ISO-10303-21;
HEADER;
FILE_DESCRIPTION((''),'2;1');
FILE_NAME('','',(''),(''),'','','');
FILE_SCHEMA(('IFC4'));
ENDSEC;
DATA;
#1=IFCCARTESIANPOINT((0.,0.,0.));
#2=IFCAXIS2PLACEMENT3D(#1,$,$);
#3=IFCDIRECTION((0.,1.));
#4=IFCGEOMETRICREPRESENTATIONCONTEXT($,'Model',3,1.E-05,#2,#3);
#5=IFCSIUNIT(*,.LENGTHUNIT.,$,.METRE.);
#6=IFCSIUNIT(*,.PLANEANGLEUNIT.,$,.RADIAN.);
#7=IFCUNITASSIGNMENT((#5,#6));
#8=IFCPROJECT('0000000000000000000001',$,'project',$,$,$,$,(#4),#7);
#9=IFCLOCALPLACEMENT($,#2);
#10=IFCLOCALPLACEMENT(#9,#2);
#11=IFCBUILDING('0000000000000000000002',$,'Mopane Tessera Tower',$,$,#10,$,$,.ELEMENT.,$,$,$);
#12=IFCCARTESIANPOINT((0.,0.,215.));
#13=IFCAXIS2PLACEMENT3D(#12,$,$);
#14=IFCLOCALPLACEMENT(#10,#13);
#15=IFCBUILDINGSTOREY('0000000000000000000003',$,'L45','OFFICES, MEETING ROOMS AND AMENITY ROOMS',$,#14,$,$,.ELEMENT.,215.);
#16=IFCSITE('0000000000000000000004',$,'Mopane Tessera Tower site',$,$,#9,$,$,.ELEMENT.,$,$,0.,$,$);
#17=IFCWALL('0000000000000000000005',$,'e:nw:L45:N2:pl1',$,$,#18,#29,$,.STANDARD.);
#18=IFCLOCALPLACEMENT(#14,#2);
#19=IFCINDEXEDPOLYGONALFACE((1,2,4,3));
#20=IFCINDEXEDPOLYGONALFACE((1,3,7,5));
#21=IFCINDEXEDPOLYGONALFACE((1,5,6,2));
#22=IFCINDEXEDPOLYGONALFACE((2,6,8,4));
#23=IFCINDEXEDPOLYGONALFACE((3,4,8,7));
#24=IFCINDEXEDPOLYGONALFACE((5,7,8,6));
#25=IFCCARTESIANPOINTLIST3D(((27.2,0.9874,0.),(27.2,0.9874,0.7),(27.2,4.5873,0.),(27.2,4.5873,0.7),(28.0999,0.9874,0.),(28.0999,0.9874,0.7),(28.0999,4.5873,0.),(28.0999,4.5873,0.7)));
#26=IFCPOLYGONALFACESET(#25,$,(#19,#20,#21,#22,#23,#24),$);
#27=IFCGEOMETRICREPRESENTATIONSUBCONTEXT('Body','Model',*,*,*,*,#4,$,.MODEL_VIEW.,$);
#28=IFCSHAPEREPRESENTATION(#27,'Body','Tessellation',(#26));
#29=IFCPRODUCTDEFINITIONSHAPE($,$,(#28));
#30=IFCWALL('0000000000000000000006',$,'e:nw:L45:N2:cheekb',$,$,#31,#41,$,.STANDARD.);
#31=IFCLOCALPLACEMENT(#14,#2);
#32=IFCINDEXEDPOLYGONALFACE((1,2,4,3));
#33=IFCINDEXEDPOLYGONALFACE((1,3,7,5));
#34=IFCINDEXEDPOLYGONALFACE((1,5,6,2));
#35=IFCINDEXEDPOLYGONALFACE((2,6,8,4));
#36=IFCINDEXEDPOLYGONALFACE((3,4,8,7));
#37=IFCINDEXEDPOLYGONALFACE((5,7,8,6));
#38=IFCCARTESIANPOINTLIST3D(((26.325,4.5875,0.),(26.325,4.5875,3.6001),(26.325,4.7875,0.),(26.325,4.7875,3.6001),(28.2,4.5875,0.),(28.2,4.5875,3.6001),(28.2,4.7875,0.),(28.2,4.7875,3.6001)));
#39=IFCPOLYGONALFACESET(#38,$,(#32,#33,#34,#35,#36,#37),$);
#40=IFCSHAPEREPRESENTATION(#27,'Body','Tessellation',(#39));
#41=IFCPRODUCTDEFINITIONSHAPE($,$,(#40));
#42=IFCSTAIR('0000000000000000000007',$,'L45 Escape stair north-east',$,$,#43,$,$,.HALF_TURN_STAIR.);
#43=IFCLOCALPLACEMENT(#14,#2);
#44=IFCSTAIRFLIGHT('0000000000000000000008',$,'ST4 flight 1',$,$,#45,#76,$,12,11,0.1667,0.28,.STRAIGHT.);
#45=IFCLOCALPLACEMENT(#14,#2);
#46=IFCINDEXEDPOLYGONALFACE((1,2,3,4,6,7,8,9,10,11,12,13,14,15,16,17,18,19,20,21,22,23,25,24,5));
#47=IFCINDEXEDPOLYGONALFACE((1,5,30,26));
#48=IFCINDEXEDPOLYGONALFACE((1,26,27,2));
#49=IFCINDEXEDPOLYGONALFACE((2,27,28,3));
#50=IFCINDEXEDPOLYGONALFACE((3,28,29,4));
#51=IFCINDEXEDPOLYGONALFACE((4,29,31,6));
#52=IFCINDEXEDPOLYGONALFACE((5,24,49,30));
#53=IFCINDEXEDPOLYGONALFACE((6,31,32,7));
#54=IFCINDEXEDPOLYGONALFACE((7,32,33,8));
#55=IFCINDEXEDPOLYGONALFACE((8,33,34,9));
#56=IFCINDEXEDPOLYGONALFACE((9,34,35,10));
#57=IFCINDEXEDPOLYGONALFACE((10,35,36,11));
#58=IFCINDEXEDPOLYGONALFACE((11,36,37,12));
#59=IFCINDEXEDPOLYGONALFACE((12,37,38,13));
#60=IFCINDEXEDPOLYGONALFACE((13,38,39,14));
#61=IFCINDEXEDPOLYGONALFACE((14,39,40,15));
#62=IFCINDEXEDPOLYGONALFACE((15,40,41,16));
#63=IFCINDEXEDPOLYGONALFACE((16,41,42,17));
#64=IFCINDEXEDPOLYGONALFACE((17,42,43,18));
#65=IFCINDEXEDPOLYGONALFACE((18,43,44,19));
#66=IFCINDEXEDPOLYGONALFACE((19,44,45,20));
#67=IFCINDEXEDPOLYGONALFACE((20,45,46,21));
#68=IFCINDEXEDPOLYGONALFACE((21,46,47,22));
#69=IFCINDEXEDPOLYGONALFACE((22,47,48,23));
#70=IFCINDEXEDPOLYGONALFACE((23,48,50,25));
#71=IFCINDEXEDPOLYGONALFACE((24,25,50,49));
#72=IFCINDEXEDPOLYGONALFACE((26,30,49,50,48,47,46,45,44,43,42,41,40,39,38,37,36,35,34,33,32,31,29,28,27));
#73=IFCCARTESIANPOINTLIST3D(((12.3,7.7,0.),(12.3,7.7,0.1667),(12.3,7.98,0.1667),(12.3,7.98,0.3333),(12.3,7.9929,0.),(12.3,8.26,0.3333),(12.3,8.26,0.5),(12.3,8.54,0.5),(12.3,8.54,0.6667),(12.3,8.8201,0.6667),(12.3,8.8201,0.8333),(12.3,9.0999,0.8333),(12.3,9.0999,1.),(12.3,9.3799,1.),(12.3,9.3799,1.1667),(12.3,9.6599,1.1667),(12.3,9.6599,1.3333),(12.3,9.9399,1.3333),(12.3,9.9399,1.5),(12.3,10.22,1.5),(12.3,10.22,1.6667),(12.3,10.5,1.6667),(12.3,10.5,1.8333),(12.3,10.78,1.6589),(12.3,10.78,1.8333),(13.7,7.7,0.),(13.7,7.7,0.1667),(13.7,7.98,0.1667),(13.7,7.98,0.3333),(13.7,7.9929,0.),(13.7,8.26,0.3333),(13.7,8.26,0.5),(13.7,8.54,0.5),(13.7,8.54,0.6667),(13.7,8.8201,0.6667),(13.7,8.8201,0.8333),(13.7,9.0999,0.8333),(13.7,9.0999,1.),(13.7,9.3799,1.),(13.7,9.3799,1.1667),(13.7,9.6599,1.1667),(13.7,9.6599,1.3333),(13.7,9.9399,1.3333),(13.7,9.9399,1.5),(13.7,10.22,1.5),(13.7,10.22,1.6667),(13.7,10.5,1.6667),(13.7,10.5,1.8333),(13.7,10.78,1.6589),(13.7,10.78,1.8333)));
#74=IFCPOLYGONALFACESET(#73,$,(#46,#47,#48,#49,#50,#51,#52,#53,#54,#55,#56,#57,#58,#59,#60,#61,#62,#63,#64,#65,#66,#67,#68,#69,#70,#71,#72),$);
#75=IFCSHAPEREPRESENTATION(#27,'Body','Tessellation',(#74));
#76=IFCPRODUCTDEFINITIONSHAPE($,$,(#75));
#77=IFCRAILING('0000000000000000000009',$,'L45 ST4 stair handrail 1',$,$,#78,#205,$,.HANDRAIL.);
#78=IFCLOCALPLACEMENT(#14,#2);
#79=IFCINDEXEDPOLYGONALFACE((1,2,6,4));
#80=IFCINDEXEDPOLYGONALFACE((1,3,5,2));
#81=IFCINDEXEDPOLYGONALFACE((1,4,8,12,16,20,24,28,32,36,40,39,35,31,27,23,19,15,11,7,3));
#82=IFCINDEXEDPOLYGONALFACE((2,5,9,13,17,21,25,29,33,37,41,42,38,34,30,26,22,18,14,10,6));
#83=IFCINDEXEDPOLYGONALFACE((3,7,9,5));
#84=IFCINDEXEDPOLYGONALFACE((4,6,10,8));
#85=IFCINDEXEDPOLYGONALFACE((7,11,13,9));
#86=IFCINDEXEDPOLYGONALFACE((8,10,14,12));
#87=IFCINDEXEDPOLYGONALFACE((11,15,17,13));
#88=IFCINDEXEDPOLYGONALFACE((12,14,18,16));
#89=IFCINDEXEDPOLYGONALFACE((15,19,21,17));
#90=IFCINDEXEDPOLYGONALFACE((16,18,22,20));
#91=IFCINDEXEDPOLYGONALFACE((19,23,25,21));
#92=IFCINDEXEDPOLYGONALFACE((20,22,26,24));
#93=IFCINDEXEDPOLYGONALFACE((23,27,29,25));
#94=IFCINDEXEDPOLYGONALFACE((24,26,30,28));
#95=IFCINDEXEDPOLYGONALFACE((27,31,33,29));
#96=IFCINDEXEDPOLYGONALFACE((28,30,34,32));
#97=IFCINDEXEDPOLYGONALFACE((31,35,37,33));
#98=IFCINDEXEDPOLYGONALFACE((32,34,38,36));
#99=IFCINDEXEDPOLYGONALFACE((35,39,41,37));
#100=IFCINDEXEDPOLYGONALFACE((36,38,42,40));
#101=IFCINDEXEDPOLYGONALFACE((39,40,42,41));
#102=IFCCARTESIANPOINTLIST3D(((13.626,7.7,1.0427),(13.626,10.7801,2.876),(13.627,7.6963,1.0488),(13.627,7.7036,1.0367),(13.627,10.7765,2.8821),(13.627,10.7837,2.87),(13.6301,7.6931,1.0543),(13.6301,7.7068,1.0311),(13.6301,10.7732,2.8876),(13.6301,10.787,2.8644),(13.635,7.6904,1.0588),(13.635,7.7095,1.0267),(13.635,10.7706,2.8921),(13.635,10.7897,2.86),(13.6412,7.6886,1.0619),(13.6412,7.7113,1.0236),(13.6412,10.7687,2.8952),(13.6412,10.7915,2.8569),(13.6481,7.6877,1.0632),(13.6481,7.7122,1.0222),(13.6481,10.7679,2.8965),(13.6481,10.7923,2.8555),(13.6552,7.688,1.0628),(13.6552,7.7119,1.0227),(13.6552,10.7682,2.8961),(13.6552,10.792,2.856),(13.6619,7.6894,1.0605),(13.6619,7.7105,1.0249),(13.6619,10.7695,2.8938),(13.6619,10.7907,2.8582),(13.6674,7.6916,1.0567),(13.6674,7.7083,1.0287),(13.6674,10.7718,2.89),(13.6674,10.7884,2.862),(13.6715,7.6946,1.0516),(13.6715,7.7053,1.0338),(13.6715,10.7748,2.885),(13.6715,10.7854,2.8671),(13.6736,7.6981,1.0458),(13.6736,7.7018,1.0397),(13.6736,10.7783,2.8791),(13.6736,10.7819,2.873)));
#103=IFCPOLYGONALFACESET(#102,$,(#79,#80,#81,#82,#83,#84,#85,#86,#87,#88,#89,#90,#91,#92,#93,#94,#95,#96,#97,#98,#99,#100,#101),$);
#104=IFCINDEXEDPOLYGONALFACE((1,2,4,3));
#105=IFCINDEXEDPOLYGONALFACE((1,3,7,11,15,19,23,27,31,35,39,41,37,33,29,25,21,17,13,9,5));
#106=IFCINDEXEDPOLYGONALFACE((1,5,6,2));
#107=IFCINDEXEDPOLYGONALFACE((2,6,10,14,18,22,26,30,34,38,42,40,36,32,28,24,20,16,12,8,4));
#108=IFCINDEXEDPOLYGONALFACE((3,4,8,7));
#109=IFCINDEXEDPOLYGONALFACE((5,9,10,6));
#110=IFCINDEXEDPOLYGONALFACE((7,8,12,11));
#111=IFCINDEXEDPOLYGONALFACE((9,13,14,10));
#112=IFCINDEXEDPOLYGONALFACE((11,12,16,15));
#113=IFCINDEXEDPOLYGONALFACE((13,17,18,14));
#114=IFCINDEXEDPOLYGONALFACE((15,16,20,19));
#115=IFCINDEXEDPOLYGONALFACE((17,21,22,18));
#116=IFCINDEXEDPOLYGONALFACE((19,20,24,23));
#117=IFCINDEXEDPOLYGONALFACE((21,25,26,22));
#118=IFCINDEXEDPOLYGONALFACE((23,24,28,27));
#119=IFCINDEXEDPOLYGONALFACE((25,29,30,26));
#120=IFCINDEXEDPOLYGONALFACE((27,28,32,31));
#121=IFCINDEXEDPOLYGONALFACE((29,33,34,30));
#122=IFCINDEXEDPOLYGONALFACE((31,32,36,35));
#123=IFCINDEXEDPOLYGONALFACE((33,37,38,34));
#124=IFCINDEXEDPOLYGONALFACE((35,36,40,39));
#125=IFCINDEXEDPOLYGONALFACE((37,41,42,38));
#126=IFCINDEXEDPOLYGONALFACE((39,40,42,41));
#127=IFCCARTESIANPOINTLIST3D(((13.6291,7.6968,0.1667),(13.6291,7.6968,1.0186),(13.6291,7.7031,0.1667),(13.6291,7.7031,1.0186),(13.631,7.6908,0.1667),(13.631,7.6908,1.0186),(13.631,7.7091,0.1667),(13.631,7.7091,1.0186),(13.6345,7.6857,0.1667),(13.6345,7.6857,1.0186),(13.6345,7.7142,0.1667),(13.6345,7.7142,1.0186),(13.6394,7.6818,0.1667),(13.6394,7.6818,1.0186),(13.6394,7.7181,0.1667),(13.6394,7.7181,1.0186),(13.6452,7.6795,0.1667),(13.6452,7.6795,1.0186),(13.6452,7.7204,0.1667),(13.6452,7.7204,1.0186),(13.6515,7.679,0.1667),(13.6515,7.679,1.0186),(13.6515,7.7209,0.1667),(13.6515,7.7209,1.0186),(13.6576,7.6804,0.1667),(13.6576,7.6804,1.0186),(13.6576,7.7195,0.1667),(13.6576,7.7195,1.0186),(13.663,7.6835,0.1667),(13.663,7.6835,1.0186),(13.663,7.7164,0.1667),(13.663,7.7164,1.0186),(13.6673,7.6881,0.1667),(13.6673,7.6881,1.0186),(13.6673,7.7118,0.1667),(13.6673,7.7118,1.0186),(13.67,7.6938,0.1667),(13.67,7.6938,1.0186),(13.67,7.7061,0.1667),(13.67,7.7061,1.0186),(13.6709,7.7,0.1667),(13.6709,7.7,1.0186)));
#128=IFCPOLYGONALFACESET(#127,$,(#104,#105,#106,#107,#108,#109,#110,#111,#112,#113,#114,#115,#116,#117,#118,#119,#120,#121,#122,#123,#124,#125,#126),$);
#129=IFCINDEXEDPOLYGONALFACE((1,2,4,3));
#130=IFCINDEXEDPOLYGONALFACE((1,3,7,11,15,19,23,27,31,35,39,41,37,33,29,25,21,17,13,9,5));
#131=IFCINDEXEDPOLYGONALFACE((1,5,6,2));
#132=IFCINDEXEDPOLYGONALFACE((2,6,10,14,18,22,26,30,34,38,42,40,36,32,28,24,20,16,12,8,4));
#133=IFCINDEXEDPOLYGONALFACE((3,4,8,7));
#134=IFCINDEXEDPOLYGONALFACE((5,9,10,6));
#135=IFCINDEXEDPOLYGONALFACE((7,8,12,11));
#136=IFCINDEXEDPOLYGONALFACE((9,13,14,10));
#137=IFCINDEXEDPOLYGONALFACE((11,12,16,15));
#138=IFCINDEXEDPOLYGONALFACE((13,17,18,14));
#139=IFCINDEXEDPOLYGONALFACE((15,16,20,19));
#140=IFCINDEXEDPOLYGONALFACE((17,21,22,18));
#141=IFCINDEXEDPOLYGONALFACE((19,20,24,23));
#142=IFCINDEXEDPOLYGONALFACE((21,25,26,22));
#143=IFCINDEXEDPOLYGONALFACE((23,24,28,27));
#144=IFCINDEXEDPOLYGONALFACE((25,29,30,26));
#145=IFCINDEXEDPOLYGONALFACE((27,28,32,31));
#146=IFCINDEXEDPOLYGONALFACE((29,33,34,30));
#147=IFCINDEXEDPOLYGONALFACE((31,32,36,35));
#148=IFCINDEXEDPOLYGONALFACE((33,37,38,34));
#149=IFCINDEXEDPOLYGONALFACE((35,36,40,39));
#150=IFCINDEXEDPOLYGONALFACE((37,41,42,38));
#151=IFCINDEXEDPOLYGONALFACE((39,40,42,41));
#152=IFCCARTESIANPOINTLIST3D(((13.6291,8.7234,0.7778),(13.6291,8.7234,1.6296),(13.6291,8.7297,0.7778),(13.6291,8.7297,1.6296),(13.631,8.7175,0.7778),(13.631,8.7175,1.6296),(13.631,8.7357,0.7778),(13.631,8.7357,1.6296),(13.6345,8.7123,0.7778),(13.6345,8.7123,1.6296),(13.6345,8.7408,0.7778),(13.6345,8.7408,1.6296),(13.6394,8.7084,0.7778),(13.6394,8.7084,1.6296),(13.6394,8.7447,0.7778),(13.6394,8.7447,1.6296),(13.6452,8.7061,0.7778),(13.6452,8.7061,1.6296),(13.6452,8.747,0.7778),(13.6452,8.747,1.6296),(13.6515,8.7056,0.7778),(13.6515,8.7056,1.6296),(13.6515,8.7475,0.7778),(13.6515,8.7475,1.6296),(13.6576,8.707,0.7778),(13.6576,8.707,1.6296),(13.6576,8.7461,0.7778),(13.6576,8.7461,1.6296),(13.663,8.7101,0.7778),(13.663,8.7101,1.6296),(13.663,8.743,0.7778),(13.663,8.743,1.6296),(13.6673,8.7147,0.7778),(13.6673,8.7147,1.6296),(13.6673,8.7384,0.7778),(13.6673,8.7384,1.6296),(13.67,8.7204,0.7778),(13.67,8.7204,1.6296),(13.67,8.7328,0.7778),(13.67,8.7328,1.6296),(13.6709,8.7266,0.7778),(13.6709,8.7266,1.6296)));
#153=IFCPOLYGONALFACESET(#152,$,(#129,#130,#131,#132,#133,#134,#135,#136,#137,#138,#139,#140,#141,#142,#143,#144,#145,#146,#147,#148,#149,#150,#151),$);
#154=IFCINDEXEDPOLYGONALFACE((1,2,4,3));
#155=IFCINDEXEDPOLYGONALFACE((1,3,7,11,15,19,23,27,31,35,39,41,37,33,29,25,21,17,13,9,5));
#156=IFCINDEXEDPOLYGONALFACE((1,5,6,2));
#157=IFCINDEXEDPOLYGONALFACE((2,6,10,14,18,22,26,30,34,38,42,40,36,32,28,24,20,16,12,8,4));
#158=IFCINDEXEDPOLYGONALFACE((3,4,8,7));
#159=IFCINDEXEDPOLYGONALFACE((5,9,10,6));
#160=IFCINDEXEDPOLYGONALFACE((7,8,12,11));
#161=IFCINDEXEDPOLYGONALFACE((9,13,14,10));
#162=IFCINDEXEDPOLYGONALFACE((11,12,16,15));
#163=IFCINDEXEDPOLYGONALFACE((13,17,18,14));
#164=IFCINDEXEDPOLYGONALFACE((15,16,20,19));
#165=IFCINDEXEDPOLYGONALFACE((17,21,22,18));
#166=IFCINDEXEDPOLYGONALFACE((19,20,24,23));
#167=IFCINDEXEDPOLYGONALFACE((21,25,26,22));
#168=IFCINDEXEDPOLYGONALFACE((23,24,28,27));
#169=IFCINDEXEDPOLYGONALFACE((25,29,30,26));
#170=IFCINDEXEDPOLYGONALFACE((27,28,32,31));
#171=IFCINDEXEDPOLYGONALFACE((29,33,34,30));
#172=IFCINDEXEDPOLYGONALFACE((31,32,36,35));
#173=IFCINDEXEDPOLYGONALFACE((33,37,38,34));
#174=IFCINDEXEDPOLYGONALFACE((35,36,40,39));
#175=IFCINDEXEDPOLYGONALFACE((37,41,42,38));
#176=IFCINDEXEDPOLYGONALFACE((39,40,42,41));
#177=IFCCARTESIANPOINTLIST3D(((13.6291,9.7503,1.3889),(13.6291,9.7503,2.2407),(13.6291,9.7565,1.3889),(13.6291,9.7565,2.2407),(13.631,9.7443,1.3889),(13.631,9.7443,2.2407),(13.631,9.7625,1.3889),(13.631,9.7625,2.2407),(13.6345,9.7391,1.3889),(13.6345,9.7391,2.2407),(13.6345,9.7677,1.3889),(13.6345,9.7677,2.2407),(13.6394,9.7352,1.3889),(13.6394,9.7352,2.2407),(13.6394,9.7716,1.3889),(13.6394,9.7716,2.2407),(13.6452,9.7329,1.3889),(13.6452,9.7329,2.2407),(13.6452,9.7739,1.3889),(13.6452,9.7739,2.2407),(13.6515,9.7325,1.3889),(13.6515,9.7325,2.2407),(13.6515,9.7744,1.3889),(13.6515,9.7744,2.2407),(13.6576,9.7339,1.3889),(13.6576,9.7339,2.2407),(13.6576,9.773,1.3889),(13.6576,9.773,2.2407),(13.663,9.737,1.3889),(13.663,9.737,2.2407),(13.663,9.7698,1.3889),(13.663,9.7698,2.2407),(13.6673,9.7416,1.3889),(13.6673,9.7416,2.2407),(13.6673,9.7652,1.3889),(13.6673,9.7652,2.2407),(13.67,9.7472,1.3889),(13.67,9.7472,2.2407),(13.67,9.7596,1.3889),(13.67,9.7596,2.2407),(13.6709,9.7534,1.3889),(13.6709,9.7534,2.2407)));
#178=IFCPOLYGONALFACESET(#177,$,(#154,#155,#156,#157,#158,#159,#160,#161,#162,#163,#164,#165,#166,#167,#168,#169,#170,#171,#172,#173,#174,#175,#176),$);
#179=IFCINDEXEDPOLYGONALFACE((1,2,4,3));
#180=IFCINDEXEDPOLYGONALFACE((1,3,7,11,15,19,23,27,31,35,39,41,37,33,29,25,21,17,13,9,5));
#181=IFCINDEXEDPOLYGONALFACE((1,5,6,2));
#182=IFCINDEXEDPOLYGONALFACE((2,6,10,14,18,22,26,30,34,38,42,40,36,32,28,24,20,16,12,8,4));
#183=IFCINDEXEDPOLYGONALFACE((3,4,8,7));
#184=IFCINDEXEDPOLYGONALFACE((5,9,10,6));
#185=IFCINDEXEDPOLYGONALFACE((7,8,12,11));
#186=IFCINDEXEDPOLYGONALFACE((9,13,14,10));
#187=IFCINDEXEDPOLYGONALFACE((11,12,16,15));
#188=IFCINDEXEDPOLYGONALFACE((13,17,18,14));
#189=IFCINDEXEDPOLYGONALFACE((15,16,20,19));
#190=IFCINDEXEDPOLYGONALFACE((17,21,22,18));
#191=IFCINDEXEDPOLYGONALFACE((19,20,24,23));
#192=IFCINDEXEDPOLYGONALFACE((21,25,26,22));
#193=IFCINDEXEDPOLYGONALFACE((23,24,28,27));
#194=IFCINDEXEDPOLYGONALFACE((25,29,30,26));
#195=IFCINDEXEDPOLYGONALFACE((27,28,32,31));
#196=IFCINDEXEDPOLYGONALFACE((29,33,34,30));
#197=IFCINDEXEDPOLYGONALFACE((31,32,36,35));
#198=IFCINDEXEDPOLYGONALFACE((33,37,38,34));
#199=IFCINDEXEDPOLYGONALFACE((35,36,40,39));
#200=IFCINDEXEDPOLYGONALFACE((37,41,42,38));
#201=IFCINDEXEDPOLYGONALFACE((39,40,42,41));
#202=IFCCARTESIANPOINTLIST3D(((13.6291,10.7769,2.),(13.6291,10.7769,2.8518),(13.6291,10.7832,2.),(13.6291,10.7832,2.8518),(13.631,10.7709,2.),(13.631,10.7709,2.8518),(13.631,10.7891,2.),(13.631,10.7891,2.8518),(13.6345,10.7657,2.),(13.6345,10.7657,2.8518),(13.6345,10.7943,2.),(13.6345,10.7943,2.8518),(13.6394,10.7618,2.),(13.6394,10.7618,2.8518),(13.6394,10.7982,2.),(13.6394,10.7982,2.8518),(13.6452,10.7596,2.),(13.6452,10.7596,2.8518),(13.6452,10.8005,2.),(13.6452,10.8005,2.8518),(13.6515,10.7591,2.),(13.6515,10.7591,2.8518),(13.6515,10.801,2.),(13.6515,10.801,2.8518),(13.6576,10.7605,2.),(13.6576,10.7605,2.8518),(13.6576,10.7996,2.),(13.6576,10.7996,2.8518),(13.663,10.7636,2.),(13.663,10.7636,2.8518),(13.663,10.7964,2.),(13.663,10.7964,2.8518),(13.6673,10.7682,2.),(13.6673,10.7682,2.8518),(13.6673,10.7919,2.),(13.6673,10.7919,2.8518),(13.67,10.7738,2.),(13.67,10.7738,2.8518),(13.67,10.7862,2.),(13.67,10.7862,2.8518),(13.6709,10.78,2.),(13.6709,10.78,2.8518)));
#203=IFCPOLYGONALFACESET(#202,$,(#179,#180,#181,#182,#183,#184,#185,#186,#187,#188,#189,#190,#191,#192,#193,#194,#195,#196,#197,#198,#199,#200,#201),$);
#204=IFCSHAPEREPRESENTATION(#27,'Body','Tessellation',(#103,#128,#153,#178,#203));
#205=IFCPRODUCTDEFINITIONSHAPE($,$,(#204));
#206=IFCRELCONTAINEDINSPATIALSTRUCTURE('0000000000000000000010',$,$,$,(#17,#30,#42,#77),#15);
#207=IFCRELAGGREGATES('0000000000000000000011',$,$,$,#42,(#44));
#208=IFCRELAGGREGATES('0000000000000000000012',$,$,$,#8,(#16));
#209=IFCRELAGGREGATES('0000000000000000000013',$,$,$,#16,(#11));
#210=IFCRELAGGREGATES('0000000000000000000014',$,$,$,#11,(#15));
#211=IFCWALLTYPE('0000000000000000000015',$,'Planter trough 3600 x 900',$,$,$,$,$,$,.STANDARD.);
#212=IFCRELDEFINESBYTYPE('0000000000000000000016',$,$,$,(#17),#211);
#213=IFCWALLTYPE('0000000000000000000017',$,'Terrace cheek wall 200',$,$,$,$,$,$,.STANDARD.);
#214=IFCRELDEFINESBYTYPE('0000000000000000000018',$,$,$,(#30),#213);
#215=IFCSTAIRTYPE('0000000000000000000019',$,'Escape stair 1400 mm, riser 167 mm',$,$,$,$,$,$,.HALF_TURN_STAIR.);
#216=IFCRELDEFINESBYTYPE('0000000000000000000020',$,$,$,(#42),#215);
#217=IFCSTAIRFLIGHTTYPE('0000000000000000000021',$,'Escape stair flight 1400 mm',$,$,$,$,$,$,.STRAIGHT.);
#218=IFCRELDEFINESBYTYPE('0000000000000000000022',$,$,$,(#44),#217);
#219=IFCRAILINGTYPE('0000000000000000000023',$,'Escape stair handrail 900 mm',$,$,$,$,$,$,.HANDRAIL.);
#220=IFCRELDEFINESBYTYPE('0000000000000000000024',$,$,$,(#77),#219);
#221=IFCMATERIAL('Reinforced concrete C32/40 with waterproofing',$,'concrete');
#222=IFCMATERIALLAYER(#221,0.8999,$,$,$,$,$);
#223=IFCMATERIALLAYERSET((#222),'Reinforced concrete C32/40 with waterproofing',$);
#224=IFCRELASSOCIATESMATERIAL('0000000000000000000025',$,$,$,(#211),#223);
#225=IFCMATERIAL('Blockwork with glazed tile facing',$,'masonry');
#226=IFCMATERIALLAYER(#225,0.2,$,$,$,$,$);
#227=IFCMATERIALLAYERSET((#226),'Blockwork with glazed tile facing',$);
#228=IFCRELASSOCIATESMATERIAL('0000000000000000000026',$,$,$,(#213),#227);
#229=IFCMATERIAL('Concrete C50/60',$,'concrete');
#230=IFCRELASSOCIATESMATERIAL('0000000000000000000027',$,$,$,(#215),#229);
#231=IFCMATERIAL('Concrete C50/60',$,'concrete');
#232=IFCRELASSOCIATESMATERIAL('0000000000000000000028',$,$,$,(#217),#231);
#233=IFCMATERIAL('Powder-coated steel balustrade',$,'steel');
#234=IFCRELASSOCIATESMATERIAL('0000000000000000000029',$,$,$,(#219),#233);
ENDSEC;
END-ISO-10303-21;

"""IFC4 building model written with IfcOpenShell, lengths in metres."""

from ifc_helpers import new_model, si_unit, direction, frame, frame_2d, origin, origin_2d, place, context, subcontext, project, spatial, polyline, rectangle, circle, outline, extrude, material, layer, layer_set, type_object, element, aggregate, save


model = new_model("IFC4")

# Units and contexts
model_context = context("Model", 3, precision=1e-05, world=origin(), true_north=direction((0.0, 1.0)))
body_context = subcontext(model_context, "Body", "Model", "MODEL_VIEW")
ifc_project = project(units=[si_unit("LENGTHUNIT", "METRE"), si_unit("PLANEANGLEUNIT", "RADIAN")], contexts=[model_context])

# Site, building, storey
site_placement = place(None, origin())
site = spatial("IfcSite", under=ifc_project, at=site_placement, Name="Mopane Tessera Tower site", CompositionType="ELEMENT", RefElevation=0.0)
building_placement = place(site_placement, origin())
building = spatial("IfcBuilding", under=site, at=building_placement, Name="Mopane Tessera Tower", CompositionType="ELEMENT")
storey_placement = place(building_placement, frame((0.0, 0.0, 215.0)))
storey = spatial("IfcBuildingStorey", under=building, at=storey_placement, Name="L45", Description="OFFICES, MEETING ROOMS AND AMENITY ROOMS", CompositionType="ELEMENT", Elevation=215.0)

# Walls
ifc_material_1 = material(Name="Reinforced concrete C32/40 with waterproofing", Category="concrete")
ifc_layer_1 = layer(ifc_material_1, 0.8999)
ifc_layer_set_1 = layer_set([ifc_layer_1], Name="Reinforced concrete C32/40 with waterproofing")
wall_type_1 = type_object("IfcWallType", Name="Planter trough 3600 x 900", PredefinedType="STANDARD", material=ifc_layer_set_1)
wall_1_placement = place(storey_placement, frame((27.6499, 0.9875, 0.0), z_axis=(0.0, 0.0, 1.0), x_axis=(0.0, 1.0, 0.0)))
element("IfcWall", 1, at=wall_1_placement, inside=storey, type_object=wall_type_1, Name="e:nw:L45:N2:pl1", PredefinedType="STANDARD", context=body_context, shape_type="SweptSolid", body=[
    extrude(rectangle(XDim=3.5999, YDim=0.8999, at=frame_2d((1.7998, 0.0))), origin(), (0.0, 0.0, 1.0), 0.7),
])
ifc_material_2 = material(Name="Blockwork with glazed tile facing", Category="masonry")
ifc_layer_2 = layer(ifc_material_2, 0.2)
ifc_layer_set_2 = layer_set([ifc_layer_2], Name="Blockwork with glazed tile facing")
wall_type_2 = type_object("IfcWallType", Name="Terrace cheek wall 200", PredefinedType="STANDARD", material=ifc_layer_set_2)
wall_2_placement = place(storey_placement, frame((28.2, 4.6875, 0.0), z_axis=(0.0, 0.0, 1.0), x_axis=(-1.0, 0.0, 0.0)))
element("IfcWall", 2, at=wall_2_placement, inside=storey, type_object=wall_type_2, Name="e:nw:L45:N2:cheekb", PredefinedType="STANDARD", context=body_context, shape_type="SweptSolid", body=[
    extrude(rectangle(XDim=1.875, YDim=0.2, at=frame_2d((0.9375, 0.0))), origin(), (0.0, 0.0, 1.0), 3.6001),
])

# Stair, stair flight
ifc_material_3 = material(Name="Concrete C50/60", Category="concrete")
stair_type = type_object("IfcStairType", Name="Escape stair 1400 mm, riser 167 mm", PredefinedType="HALF_TURN_STAIR", material=ifc_material_3)
stair_placement = place(storey_placement, origin())
stair = element("IfcStair", 3, at=stair_placement, inside=storey, type_object=stair_type, Name="L45 Escape stair north-east", PredefinedType="HALF_TURN_STAIR")
ifc_material_4 = material(Name="Concrete C50/60", Category="concrete")
stair_flight_type = type_object("IfcStairFlightType", Name="Escape stair flight 1400 mm", PredefinedType="STRAIGHT", material=ifc_material_4)
stair_flight_placement = place(storey_placement, frame((13.0, 7.7, 0.0), z_axis=(0.0, 0.0, 1.0), x_axis=(0.0, 1.0, 0.0)))
stair_flight = element("IfcStairFlight", 4, at=stair_flight_placement, type_object=stair_flight_type, Name="ST4 flight 1", NumberOfRisers=12, NumberOfTreads=11, PredefinedType="STRAIGHT", RiserHeight=0.1667, TreadLength=0.28, context=body_context, shape_type="SweptSolid", body=[
    extrude(outline(polyline([(0.0, 0.0), (0.0, 0.1667), (0.28, 0.1667), (0.28, 0.3333), (0.5601, 0.3333), (0.5601, 0.5), (0.8401, 0.5), (0.8401, 0.6667), (1.1201, 0.6667), (1.1201, 0.8333), (1.3999, 0.8333), (1.3999, 1.0), (1.6799, 1.0), (1.6799, 1.1667), (1.96, 1.1667), (1.96, 1.3333), (2.24, 1.3333), (2.24, 1.5), (2.52, 1.5), (2.52, 1.6667), (2.8, 1.6667), (2.8, 1.8333), (3.0801, 1.8333), (3.0801, 2.0), (3.0801, 1.6589), (0.293, 0.0), (0.0, 0.0)])), frame((0.0, 0.7, 0.0), z_axis=(0.0, -1.0, 0.0), x_axis=(1.0, 0.0, 0.0)), (0.0, 0.0, 1.0), 1.3999),
])
aggregate(stair, [stair_flight])

# Railing
ifc_material_5 = material(Name="Powder-coated steel balustrade", Category="steel")
railing_type = type_object("IfcRailingType", Name="Escape stair handrail 900 mm", PredefinedType="HANDRAIL", material=ifc_material_5)
railing_placement = place(storey_placement, frame((13.6499, 7.7, 0.1667)))
element("IfcRailing", 5, at=railing_placement, inside=storey, type_object=railing_type, Name="L45 ST4 stair handrail 1", PredefinedType="HANDRAIL", context=body_context, shape_type="SweptSolid", body=[
    extrude(circle(Radius=0.0239, at=origin_2d()), frame((0.0, 0.0, 0.876), z_axis=(0.0, 0.859309, 0.511458), x_axis=(-1.0, 0.0, 0.0)), (0.0, 0.0, 1.0), 3.5845),
    extrude(circle(Radius=0.021, at=origin_2d()), origin(), (0.0, 0.0, 1.0), 0.8518),
    extrude(circle(Radius=0.021, at=origin_2d()), frame((0.0, 1.0266, 0.6111)), (0.0, 0.0, 1.0), 0.8518),
    extrude(circle(Radius=0.021, at=origin_2d()), frame((0.0, 2.0535, 1.2222)), (0.0, 0.0, 1.0), 0.8518),
    extrude(circle(Radius=0.021, at=origin_2d()), frame((0.0, 3.0801, 1.8333)), (0.0, 0.0, 1.0), 0.8518),
])

save(model, "model.ifc")
